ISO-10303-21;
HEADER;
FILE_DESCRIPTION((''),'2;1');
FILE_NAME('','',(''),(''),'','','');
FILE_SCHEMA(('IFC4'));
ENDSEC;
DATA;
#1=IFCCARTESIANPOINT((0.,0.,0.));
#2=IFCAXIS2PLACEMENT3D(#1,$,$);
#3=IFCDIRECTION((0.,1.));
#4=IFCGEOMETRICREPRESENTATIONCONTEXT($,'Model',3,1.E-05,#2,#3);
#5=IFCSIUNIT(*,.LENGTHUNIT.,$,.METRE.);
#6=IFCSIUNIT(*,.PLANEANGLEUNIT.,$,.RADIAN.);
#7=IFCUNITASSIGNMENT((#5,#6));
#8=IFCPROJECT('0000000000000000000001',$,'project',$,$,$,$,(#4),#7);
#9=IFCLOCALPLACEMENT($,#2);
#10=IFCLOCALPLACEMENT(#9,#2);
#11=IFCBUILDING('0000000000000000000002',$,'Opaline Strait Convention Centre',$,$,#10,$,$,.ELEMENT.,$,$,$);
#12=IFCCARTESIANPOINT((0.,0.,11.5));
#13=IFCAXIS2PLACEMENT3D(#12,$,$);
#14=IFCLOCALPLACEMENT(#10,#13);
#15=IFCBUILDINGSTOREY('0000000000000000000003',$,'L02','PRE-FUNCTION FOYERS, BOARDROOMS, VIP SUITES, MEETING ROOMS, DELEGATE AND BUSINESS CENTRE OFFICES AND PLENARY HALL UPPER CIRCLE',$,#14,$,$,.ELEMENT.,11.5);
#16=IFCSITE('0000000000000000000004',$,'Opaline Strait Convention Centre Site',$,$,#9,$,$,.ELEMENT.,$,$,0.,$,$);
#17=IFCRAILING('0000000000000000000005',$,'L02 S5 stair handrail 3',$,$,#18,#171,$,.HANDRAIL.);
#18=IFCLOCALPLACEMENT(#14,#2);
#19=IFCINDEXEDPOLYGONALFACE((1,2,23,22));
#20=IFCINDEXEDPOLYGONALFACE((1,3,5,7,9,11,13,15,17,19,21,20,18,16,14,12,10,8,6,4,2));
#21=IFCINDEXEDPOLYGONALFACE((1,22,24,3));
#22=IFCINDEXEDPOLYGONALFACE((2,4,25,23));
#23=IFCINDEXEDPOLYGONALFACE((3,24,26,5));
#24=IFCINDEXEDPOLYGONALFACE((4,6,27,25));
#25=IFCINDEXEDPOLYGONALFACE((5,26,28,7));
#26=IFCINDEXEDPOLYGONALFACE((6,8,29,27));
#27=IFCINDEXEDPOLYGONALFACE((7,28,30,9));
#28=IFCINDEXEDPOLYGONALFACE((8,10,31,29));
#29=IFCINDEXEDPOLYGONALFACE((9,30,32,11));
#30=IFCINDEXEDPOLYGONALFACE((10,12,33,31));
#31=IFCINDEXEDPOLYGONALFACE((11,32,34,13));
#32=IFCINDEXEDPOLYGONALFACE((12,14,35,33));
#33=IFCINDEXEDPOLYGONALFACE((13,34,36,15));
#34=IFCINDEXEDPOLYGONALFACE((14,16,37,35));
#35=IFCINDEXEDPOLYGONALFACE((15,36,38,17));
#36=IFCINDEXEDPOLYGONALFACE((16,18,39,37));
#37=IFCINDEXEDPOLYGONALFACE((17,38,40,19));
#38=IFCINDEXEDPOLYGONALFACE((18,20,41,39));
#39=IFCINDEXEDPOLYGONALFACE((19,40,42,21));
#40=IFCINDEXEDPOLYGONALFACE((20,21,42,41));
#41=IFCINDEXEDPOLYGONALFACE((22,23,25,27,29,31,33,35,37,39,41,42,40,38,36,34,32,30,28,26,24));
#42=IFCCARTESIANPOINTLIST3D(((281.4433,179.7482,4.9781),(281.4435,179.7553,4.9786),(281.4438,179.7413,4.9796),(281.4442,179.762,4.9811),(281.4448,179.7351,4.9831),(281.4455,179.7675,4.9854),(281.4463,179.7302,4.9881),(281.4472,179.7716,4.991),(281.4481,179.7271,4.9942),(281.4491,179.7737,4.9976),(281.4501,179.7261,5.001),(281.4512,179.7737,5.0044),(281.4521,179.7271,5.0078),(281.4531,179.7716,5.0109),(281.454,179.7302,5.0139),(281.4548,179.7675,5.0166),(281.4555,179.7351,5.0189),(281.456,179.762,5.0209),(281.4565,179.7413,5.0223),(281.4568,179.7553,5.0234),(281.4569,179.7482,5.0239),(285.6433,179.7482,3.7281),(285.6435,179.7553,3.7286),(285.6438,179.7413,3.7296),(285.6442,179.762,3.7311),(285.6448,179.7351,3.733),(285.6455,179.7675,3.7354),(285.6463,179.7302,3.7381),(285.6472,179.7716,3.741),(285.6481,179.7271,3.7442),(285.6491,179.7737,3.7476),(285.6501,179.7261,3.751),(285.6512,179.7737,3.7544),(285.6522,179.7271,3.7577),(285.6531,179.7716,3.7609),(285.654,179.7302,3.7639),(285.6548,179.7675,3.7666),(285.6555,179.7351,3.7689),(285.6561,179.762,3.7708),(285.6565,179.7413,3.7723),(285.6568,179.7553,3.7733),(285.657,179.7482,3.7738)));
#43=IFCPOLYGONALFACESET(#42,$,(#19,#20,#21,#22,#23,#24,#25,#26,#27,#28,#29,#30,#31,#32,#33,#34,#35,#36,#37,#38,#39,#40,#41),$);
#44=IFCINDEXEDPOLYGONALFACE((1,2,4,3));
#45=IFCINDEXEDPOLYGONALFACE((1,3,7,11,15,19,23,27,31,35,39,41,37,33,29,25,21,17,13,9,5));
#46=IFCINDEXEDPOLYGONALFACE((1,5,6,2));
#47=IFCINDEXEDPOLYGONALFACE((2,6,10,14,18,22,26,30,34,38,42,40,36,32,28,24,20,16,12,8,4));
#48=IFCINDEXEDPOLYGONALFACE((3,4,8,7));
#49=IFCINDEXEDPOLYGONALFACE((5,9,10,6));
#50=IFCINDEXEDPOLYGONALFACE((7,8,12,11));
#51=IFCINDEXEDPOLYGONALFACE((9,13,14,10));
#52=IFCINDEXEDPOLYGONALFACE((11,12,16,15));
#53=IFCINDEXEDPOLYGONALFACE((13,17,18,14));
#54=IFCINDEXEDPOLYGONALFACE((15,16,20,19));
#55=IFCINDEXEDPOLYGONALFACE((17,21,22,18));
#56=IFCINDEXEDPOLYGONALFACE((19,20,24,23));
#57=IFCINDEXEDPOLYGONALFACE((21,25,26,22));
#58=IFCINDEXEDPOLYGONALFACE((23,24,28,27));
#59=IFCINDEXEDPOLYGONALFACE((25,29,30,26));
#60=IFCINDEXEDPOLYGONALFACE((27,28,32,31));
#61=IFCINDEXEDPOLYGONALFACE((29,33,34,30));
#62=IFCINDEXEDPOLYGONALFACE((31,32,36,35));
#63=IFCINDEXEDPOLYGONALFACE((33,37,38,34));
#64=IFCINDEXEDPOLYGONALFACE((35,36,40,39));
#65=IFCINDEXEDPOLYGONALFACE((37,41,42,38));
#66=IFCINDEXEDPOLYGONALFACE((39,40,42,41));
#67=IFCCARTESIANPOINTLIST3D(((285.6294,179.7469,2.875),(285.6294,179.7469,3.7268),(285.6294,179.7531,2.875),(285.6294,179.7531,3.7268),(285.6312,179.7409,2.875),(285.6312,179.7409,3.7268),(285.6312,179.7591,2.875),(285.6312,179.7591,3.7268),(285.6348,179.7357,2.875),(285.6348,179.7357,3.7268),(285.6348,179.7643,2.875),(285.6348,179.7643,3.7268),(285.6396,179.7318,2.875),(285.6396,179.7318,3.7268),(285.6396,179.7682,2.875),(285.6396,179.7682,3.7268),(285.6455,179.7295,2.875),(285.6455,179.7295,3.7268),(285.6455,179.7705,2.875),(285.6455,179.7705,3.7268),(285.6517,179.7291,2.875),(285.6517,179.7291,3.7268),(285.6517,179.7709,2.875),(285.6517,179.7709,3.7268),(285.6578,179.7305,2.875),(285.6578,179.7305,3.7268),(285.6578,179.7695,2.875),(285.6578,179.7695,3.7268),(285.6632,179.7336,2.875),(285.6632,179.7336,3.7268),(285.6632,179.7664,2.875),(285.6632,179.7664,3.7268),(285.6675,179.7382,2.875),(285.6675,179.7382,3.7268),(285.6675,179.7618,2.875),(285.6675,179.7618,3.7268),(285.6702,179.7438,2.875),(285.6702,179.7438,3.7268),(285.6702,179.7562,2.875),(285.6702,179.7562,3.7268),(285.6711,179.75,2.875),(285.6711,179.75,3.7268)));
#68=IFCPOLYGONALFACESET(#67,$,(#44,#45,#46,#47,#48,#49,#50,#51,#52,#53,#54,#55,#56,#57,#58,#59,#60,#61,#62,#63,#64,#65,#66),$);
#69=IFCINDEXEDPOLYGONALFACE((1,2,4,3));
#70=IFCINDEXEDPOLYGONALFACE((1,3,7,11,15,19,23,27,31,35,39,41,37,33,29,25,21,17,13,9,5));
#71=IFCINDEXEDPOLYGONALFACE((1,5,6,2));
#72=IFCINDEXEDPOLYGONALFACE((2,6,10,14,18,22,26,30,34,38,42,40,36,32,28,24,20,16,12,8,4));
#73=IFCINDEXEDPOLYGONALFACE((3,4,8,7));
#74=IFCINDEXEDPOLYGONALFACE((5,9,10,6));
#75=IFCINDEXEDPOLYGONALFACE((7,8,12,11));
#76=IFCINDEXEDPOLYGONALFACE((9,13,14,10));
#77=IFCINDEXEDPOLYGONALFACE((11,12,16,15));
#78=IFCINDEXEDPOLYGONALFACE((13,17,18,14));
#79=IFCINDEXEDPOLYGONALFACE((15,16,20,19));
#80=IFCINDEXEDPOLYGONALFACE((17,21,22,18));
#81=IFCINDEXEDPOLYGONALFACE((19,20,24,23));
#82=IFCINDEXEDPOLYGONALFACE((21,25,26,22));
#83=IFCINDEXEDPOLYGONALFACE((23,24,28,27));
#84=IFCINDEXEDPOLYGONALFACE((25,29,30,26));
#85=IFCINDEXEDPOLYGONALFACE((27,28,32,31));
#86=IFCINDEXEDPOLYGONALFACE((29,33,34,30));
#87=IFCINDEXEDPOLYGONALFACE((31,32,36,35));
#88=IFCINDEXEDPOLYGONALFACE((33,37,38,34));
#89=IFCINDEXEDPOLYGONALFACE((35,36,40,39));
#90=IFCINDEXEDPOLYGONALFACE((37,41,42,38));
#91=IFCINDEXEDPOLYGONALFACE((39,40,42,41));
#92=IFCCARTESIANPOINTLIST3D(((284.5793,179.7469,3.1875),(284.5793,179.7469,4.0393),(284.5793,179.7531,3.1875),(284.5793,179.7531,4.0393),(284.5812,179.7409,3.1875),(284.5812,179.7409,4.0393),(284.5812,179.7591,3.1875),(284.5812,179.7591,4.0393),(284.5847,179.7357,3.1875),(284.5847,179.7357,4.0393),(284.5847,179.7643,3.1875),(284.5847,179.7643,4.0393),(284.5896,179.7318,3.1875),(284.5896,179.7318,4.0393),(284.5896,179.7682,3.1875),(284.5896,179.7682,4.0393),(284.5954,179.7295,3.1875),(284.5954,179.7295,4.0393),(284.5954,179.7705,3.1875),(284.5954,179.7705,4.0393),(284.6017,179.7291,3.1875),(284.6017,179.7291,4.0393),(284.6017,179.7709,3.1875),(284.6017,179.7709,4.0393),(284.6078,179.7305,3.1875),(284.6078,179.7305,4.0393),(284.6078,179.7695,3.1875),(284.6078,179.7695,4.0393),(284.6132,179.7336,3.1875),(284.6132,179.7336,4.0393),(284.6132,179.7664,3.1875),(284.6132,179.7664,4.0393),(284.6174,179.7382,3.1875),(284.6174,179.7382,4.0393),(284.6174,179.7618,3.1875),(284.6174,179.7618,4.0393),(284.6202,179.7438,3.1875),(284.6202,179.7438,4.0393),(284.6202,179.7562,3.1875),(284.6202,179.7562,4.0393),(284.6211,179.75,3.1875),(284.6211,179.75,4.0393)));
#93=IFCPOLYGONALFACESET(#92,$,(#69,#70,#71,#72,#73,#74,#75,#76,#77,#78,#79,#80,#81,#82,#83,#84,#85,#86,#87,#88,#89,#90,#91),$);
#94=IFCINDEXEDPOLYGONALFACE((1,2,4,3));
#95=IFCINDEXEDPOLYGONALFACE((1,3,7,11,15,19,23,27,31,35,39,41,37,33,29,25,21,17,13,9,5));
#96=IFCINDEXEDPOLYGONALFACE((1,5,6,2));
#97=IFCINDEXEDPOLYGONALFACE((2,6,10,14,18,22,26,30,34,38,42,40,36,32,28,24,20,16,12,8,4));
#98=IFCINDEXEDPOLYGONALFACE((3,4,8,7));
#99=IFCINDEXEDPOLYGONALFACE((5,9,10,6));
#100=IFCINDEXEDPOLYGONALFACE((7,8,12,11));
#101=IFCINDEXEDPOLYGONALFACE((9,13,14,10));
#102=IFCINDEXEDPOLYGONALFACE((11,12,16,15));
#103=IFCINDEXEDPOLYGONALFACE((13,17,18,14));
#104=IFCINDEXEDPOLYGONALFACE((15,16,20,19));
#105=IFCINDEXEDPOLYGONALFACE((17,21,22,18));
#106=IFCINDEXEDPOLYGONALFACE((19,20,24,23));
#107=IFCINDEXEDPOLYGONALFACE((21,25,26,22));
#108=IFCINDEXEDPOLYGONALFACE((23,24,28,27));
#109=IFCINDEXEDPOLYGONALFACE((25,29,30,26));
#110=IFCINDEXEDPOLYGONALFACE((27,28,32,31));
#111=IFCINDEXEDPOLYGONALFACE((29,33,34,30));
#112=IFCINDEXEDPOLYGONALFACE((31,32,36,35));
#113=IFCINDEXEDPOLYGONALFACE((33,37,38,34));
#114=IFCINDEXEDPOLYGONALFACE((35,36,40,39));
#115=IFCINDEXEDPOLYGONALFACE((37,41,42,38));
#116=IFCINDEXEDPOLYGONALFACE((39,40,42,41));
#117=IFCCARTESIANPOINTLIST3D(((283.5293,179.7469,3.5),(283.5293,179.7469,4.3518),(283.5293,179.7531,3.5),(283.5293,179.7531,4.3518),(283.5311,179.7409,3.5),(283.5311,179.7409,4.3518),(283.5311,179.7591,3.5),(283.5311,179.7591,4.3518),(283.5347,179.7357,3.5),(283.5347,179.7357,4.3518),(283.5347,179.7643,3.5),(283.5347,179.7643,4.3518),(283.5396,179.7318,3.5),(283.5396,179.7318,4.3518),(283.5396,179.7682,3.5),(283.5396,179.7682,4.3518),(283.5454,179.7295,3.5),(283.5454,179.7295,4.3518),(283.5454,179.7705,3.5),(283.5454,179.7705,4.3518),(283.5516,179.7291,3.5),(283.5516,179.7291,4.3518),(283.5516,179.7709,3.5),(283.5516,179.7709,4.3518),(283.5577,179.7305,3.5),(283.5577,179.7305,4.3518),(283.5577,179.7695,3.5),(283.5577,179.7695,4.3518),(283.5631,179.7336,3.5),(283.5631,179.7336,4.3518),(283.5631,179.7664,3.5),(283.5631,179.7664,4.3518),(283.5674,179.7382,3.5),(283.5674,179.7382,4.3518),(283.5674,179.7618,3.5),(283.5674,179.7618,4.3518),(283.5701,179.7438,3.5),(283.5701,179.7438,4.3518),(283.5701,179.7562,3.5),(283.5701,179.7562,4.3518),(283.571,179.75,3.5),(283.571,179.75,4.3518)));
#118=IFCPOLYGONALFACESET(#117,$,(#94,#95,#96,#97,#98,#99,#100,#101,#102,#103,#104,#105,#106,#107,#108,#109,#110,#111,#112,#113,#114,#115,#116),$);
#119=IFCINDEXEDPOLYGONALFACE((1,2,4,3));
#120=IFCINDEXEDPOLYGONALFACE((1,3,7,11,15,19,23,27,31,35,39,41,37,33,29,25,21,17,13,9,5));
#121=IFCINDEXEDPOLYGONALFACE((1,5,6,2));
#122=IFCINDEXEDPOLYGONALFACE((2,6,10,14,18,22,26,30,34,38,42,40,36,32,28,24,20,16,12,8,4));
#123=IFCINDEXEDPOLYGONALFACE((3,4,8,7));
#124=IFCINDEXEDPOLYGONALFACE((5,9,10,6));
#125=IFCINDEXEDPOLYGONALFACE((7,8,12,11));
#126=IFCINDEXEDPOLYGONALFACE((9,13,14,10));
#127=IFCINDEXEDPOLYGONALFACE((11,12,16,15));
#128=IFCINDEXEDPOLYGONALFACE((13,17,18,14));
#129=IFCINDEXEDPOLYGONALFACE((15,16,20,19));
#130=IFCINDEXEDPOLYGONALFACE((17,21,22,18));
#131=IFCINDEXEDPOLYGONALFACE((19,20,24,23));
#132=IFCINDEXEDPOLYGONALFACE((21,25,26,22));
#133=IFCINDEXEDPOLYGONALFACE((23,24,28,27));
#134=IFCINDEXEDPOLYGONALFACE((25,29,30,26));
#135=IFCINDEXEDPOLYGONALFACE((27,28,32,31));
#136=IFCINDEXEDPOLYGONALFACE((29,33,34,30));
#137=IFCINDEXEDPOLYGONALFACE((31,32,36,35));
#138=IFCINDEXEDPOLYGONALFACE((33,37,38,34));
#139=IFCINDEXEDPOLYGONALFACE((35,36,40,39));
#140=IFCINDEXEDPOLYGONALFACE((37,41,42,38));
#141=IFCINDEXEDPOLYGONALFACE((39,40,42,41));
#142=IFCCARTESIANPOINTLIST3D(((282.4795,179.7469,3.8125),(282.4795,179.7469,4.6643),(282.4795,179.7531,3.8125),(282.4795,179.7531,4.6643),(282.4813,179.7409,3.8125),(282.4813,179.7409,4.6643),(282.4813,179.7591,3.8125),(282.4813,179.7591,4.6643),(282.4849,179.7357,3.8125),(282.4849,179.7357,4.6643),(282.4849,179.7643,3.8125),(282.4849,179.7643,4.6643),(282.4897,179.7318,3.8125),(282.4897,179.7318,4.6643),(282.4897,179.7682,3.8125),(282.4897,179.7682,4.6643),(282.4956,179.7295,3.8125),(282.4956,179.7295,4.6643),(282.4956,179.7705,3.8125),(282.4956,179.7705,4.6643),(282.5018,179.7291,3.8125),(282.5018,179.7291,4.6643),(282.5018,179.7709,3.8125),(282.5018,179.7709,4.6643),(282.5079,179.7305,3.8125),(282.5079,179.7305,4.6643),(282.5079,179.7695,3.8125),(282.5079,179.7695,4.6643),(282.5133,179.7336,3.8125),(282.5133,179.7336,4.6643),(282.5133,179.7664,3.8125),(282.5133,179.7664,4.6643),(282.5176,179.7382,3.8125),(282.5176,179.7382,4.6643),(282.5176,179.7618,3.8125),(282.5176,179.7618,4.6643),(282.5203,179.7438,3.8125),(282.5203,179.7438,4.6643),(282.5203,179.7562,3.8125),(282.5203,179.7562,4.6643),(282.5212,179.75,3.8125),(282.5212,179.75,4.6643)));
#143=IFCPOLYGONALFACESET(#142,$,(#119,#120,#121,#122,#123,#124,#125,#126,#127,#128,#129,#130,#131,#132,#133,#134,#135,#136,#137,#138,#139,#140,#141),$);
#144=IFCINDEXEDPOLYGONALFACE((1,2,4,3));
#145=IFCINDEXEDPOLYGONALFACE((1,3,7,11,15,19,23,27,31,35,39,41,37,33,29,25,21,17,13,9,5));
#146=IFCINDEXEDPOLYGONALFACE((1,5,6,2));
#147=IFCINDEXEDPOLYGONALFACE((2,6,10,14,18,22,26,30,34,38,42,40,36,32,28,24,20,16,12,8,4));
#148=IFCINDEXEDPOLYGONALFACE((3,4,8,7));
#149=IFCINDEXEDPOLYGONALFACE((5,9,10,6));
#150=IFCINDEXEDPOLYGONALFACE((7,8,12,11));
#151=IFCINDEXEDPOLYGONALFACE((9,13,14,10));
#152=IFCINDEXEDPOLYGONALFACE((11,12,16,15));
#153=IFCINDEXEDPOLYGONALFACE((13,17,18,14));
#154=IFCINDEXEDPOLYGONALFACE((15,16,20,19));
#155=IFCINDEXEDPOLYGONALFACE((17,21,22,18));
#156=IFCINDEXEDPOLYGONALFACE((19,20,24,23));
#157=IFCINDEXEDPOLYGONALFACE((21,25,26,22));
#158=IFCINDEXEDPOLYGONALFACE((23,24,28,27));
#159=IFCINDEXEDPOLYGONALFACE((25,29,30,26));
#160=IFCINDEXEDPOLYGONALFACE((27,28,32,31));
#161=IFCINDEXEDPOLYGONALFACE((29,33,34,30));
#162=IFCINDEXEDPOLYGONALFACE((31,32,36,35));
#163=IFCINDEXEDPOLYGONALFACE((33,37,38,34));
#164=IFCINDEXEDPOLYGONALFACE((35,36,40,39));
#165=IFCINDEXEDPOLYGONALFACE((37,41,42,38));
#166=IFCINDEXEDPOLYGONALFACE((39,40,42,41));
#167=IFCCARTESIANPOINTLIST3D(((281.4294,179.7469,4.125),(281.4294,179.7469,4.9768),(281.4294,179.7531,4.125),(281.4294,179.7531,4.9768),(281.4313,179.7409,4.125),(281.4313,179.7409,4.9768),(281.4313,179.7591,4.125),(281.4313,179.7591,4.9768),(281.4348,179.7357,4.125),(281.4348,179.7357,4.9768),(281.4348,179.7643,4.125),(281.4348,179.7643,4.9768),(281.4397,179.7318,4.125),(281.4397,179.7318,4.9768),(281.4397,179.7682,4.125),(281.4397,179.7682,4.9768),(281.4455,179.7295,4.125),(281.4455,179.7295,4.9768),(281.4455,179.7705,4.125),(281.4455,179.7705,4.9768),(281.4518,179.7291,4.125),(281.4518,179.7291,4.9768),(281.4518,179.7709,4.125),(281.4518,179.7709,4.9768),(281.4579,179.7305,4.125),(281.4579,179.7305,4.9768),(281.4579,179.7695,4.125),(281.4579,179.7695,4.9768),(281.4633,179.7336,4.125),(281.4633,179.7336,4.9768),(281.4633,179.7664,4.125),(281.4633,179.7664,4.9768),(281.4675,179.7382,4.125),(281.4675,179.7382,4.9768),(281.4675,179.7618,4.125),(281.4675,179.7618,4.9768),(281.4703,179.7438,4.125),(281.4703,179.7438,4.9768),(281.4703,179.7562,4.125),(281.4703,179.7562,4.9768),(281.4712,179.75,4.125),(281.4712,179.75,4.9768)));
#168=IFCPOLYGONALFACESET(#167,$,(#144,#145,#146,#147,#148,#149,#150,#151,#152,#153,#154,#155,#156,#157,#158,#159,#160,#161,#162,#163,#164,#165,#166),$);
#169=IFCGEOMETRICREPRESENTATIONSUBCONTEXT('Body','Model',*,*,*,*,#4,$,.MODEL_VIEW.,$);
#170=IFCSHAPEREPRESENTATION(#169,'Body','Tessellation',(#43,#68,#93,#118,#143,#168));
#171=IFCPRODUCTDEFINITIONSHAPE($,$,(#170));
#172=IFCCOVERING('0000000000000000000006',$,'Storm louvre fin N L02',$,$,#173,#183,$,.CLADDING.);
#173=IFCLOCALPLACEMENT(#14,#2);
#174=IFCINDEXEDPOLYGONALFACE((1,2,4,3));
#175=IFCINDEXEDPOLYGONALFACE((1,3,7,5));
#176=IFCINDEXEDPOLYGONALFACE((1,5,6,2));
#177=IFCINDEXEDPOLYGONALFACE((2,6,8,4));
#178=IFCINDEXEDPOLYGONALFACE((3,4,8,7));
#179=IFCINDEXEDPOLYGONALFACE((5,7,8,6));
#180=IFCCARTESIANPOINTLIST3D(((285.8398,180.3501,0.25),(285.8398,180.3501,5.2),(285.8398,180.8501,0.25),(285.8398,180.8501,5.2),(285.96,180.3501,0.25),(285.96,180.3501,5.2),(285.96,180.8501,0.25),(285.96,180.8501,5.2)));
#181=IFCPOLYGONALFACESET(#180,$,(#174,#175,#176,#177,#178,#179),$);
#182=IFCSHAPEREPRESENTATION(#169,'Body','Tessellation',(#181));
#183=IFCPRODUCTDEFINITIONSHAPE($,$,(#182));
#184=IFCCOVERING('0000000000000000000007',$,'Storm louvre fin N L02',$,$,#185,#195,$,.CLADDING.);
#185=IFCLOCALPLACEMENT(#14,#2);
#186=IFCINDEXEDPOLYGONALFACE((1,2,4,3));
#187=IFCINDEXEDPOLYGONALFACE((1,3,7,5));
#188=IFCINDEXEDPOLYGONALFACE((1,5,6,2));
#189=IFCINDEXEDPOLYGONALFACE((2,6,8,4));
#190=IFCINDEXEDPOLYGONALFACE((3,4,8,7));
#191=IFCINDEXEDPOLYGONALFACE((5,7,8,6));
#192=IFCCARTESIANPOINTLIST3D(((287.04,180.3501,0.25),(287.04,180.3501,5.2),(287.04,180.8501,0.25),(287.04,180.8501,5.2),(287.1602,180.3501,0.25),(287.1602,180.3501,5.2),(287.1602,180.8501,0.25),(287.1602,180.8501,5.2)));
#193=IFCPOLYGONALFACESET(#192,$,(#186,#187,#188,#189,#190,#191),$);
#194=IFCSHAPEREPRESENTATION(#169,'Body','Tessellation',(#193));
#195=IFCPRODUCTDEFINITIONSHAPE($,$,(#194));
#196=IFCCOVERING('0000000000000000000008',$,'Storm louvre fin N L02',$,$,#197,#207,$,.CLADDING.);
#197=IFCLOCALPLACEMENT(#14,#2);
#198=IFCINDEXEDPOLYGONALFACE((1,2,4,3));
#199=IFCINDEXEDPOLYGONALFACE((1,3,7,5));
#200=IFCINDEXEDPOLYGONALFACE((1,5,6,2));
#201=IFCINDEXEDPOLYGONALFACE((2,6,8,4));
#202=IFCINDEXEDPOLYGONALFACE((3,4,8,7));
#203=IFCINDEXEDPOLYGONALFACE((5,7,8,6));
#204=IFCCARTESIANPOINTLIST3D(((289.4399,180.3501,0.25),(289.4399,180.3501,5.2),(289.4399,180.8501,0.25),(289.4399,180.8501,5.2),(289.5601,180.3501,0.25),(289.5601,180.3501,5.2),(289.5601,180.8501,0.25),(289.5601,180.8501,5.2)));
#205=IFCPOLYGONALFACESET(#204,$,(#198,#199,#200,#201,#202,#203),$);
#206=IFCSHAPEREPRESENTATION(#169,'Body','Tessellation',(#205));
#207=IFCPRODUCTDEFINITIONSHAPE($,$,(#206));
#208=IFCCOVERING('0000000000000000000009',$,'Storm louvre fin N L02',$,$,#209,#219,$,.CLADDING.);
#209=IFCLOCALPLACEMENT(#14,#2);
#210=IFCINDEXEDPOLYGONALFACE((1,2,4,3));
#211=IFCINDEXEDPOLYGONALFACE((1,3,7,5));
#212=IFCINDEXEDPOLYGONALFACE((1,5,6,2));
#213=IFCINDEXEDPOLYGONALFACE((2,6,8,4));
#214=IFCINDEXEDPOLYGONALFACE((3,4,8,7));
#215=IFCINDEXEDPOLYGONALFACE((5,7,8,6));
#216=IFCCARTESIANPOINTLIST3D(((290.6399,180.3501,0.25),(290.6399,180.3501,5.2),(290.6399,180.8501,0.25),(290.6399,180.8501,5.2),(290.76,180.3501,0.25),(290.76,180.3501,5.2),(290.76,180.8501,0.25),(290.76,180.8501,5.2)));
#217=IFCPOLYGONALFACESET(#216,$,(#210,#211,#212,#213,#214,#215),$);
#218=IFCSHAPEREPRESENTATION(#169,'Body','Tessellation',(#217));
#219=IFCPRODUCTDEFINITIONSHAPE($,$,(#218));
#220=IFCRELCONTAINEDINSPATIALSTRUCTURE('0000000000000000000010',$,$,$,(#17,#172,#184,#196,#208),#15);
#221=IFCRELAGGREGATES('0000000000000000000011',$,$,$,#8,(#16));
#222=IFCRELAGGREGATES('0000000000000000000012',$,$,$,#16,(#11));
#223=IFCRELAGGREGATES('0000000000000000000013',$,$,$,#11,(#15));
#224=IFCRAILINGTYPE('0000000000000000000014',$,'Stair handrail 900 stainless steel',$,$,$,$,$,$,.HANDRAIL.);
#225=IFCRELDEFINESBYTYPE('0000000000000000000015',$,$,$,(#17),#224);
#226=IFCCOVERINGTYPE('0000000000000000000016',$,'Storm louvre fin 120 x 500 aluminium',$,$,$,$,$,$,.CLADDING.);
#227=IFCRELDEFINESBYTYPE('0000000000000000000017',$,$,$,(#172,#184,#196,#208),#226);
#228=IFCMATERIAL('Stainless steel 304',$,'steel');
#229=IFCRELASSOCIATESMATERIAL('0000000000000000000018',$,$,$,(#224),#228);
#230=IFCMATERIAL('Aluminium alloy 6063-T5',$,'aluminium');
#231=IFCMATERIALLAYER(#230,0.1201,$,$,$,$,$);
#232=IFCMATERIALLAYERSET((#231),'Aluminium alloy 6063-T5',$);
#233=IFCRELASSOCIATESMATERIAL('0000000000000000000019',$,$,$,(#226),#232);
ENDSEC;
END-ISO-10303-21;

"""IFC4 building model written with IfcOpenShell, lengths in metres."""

from ifc_helpers import new_model, si_unit, direction, frame, origin, origin_2d, place, context, subcontext, project, spatial, rectangle, circle, extrude, material, layer, layer_set, type_object, element, save


model = new_model("IFC4")

# Units and contexts
model_context = context("Model", 3, precision=1e-05, world=origin(), true_north=direction((0.0, 1.0)))
body_context = subcontext(model_context, "Body", "Model", "MODEL_VIEW")
ifc_project = project(units=[si_unit("LENGTHUNIT", "METRE"), si_unit("PLANEANGLEUNIT", "RADIAN")], contexts=[model_context])

# Site, building, storey
site_placement = place(None, origin())
site = spatial("IfcSite", under=ifc_project, at=site_placement, Name="Opaline Strait Convention Centre Site", CompositionType="ELEMENT", RefElevation=0.0)
building_placement = place(site_placement, origin())
building = spatial("IfcBuilding", under=site, at=building_placement, Name="Opaline Strait Convention Centre", CompositionType="ELEMENT")
storey_placement = place(building_placement, frame((0.0, 0.0, 11.5)))
storey = spatial("IfcBuildingStorey", under=building, at=storey_placement, Name="L02", Description="PRE-FUNCTION FOYERS, BOARDROOMS, VIP SUITES, MEETING ROOMS, DELEGATE AND BUSINESS CENTRE OFFICES AND PLENARY HALL UPPER CIRCLE", CompositionType="ELEMENT", Elevation=11.5)

# Railing
ifc_material_1 = material(Name="Stainless steel 304", Category="steel")
railing_type_1 = type_object("IfcRailingType", Name="Stair handrail 900 stainless steel", PredefinedType="HANDRAIL", material=ifc_material_1)
for number, where, name in (
    (1, (285.6501, 179.75, 2.875), "L02 S5 stair handrail 3"),
):
    element("IfcRailing", number, at=place(storey_placement, frame(where)), inside=storey, type_object=railing_type_1, Name=name, PredefinedType="HANDRAIL", context=body_context, shape_type="SweptSolid", body=[
        extrude(circle(Radius=0.0239, at=origin_2d()), frame((0.0, 0.0, 0.876), z_axis=(-0.958451, 0.0, 0.285257), x_axis=(0.0, -1.0, 0.0)), (0.0, 0.0, 1.0), 4.3821),
        extrude(circle(Radius=0.021, at=origin_2d()), origin(), (0.0, 0.0, 1.0), 0.8518),
        extrude(circle(Radius=0.021, at=origin_2d()), frame((-1.05, 0.0, 0.3125)), (0.0, 0.0, 1.0), 0.8518),
        extrude(circle(Radius=0.021, at=origin_2d()), frame((-2.1001, 0.0, 0.625)), (0.0, 0.0, 1.0), 0.8518),
        extrude(circle(Radius=0.021, at=origin_2d()), frame((-3.1499, 0.0, 0.9375)), (0.0, 0.0, 1.0), 0.8518),
        extrude(circle(Radius=0.021, at=origin_2d()), frame((-4.2, 0.0, 1.25)), (0.0, 0.0, 1.0), 0.8518),
    ])

# Coverings
ifc_material_2 = material(Name="Aluminium alloy 6063-T5", Category="aluminium")
ifc_layer_1 = layer(ifc_material_2, 0.1201)
ifc_layer_set_1 = layer_set([ifc_layer_1], Name="Aluminium alloy 6063-T5")
covering_type = type_object("IfcCoveringType", Name="Storm louvre fin 120 x 500 aluminium", PredefinedType="CLADDING", material=ifc_layer_set_1)
for number, where, z_axis, x_axis, name in (
    (2, (285.8999, 180.6001, 0.25), (0.0, 0.0, 1.0), (1.0, 0.0, 0.0), "Storm louvre fin N L02"),
    (3, (287.1001, 180.6001, 0.25), (0.0, 0.0, 1.0), (1.0, 0.0, 0.0), "Storm louvre fin N L02"),
    (4, (289.5, 180.6001, 0.25), (0.0, 0.0, 1.0), (1.0, 0.0, 0.0), "Storm louvre fin N L02"),
    (5, (290.7, 180.6001, 0.25), (0.0, 0.0, 1.0), (1.0, 0.0, 0.0), "Storm louvre fin N L02"),
):
    element("IfcCovering", number, at=place(storey_placement, frame(where, z_axis=z_axis, x_axis=x_axis)), inside=storey, type_object=covering_type, Name=name, PredefinedType="CLADDING", context=body_context, shape_type="SweptSolid", body=[
        extrude(rectangle(XDim=0.1201, YDim=0.5, at=origin_2d()), origin(), (0.0, 0.0, 1.0), 4.95),
    ])

save(model, "model.ifc")
